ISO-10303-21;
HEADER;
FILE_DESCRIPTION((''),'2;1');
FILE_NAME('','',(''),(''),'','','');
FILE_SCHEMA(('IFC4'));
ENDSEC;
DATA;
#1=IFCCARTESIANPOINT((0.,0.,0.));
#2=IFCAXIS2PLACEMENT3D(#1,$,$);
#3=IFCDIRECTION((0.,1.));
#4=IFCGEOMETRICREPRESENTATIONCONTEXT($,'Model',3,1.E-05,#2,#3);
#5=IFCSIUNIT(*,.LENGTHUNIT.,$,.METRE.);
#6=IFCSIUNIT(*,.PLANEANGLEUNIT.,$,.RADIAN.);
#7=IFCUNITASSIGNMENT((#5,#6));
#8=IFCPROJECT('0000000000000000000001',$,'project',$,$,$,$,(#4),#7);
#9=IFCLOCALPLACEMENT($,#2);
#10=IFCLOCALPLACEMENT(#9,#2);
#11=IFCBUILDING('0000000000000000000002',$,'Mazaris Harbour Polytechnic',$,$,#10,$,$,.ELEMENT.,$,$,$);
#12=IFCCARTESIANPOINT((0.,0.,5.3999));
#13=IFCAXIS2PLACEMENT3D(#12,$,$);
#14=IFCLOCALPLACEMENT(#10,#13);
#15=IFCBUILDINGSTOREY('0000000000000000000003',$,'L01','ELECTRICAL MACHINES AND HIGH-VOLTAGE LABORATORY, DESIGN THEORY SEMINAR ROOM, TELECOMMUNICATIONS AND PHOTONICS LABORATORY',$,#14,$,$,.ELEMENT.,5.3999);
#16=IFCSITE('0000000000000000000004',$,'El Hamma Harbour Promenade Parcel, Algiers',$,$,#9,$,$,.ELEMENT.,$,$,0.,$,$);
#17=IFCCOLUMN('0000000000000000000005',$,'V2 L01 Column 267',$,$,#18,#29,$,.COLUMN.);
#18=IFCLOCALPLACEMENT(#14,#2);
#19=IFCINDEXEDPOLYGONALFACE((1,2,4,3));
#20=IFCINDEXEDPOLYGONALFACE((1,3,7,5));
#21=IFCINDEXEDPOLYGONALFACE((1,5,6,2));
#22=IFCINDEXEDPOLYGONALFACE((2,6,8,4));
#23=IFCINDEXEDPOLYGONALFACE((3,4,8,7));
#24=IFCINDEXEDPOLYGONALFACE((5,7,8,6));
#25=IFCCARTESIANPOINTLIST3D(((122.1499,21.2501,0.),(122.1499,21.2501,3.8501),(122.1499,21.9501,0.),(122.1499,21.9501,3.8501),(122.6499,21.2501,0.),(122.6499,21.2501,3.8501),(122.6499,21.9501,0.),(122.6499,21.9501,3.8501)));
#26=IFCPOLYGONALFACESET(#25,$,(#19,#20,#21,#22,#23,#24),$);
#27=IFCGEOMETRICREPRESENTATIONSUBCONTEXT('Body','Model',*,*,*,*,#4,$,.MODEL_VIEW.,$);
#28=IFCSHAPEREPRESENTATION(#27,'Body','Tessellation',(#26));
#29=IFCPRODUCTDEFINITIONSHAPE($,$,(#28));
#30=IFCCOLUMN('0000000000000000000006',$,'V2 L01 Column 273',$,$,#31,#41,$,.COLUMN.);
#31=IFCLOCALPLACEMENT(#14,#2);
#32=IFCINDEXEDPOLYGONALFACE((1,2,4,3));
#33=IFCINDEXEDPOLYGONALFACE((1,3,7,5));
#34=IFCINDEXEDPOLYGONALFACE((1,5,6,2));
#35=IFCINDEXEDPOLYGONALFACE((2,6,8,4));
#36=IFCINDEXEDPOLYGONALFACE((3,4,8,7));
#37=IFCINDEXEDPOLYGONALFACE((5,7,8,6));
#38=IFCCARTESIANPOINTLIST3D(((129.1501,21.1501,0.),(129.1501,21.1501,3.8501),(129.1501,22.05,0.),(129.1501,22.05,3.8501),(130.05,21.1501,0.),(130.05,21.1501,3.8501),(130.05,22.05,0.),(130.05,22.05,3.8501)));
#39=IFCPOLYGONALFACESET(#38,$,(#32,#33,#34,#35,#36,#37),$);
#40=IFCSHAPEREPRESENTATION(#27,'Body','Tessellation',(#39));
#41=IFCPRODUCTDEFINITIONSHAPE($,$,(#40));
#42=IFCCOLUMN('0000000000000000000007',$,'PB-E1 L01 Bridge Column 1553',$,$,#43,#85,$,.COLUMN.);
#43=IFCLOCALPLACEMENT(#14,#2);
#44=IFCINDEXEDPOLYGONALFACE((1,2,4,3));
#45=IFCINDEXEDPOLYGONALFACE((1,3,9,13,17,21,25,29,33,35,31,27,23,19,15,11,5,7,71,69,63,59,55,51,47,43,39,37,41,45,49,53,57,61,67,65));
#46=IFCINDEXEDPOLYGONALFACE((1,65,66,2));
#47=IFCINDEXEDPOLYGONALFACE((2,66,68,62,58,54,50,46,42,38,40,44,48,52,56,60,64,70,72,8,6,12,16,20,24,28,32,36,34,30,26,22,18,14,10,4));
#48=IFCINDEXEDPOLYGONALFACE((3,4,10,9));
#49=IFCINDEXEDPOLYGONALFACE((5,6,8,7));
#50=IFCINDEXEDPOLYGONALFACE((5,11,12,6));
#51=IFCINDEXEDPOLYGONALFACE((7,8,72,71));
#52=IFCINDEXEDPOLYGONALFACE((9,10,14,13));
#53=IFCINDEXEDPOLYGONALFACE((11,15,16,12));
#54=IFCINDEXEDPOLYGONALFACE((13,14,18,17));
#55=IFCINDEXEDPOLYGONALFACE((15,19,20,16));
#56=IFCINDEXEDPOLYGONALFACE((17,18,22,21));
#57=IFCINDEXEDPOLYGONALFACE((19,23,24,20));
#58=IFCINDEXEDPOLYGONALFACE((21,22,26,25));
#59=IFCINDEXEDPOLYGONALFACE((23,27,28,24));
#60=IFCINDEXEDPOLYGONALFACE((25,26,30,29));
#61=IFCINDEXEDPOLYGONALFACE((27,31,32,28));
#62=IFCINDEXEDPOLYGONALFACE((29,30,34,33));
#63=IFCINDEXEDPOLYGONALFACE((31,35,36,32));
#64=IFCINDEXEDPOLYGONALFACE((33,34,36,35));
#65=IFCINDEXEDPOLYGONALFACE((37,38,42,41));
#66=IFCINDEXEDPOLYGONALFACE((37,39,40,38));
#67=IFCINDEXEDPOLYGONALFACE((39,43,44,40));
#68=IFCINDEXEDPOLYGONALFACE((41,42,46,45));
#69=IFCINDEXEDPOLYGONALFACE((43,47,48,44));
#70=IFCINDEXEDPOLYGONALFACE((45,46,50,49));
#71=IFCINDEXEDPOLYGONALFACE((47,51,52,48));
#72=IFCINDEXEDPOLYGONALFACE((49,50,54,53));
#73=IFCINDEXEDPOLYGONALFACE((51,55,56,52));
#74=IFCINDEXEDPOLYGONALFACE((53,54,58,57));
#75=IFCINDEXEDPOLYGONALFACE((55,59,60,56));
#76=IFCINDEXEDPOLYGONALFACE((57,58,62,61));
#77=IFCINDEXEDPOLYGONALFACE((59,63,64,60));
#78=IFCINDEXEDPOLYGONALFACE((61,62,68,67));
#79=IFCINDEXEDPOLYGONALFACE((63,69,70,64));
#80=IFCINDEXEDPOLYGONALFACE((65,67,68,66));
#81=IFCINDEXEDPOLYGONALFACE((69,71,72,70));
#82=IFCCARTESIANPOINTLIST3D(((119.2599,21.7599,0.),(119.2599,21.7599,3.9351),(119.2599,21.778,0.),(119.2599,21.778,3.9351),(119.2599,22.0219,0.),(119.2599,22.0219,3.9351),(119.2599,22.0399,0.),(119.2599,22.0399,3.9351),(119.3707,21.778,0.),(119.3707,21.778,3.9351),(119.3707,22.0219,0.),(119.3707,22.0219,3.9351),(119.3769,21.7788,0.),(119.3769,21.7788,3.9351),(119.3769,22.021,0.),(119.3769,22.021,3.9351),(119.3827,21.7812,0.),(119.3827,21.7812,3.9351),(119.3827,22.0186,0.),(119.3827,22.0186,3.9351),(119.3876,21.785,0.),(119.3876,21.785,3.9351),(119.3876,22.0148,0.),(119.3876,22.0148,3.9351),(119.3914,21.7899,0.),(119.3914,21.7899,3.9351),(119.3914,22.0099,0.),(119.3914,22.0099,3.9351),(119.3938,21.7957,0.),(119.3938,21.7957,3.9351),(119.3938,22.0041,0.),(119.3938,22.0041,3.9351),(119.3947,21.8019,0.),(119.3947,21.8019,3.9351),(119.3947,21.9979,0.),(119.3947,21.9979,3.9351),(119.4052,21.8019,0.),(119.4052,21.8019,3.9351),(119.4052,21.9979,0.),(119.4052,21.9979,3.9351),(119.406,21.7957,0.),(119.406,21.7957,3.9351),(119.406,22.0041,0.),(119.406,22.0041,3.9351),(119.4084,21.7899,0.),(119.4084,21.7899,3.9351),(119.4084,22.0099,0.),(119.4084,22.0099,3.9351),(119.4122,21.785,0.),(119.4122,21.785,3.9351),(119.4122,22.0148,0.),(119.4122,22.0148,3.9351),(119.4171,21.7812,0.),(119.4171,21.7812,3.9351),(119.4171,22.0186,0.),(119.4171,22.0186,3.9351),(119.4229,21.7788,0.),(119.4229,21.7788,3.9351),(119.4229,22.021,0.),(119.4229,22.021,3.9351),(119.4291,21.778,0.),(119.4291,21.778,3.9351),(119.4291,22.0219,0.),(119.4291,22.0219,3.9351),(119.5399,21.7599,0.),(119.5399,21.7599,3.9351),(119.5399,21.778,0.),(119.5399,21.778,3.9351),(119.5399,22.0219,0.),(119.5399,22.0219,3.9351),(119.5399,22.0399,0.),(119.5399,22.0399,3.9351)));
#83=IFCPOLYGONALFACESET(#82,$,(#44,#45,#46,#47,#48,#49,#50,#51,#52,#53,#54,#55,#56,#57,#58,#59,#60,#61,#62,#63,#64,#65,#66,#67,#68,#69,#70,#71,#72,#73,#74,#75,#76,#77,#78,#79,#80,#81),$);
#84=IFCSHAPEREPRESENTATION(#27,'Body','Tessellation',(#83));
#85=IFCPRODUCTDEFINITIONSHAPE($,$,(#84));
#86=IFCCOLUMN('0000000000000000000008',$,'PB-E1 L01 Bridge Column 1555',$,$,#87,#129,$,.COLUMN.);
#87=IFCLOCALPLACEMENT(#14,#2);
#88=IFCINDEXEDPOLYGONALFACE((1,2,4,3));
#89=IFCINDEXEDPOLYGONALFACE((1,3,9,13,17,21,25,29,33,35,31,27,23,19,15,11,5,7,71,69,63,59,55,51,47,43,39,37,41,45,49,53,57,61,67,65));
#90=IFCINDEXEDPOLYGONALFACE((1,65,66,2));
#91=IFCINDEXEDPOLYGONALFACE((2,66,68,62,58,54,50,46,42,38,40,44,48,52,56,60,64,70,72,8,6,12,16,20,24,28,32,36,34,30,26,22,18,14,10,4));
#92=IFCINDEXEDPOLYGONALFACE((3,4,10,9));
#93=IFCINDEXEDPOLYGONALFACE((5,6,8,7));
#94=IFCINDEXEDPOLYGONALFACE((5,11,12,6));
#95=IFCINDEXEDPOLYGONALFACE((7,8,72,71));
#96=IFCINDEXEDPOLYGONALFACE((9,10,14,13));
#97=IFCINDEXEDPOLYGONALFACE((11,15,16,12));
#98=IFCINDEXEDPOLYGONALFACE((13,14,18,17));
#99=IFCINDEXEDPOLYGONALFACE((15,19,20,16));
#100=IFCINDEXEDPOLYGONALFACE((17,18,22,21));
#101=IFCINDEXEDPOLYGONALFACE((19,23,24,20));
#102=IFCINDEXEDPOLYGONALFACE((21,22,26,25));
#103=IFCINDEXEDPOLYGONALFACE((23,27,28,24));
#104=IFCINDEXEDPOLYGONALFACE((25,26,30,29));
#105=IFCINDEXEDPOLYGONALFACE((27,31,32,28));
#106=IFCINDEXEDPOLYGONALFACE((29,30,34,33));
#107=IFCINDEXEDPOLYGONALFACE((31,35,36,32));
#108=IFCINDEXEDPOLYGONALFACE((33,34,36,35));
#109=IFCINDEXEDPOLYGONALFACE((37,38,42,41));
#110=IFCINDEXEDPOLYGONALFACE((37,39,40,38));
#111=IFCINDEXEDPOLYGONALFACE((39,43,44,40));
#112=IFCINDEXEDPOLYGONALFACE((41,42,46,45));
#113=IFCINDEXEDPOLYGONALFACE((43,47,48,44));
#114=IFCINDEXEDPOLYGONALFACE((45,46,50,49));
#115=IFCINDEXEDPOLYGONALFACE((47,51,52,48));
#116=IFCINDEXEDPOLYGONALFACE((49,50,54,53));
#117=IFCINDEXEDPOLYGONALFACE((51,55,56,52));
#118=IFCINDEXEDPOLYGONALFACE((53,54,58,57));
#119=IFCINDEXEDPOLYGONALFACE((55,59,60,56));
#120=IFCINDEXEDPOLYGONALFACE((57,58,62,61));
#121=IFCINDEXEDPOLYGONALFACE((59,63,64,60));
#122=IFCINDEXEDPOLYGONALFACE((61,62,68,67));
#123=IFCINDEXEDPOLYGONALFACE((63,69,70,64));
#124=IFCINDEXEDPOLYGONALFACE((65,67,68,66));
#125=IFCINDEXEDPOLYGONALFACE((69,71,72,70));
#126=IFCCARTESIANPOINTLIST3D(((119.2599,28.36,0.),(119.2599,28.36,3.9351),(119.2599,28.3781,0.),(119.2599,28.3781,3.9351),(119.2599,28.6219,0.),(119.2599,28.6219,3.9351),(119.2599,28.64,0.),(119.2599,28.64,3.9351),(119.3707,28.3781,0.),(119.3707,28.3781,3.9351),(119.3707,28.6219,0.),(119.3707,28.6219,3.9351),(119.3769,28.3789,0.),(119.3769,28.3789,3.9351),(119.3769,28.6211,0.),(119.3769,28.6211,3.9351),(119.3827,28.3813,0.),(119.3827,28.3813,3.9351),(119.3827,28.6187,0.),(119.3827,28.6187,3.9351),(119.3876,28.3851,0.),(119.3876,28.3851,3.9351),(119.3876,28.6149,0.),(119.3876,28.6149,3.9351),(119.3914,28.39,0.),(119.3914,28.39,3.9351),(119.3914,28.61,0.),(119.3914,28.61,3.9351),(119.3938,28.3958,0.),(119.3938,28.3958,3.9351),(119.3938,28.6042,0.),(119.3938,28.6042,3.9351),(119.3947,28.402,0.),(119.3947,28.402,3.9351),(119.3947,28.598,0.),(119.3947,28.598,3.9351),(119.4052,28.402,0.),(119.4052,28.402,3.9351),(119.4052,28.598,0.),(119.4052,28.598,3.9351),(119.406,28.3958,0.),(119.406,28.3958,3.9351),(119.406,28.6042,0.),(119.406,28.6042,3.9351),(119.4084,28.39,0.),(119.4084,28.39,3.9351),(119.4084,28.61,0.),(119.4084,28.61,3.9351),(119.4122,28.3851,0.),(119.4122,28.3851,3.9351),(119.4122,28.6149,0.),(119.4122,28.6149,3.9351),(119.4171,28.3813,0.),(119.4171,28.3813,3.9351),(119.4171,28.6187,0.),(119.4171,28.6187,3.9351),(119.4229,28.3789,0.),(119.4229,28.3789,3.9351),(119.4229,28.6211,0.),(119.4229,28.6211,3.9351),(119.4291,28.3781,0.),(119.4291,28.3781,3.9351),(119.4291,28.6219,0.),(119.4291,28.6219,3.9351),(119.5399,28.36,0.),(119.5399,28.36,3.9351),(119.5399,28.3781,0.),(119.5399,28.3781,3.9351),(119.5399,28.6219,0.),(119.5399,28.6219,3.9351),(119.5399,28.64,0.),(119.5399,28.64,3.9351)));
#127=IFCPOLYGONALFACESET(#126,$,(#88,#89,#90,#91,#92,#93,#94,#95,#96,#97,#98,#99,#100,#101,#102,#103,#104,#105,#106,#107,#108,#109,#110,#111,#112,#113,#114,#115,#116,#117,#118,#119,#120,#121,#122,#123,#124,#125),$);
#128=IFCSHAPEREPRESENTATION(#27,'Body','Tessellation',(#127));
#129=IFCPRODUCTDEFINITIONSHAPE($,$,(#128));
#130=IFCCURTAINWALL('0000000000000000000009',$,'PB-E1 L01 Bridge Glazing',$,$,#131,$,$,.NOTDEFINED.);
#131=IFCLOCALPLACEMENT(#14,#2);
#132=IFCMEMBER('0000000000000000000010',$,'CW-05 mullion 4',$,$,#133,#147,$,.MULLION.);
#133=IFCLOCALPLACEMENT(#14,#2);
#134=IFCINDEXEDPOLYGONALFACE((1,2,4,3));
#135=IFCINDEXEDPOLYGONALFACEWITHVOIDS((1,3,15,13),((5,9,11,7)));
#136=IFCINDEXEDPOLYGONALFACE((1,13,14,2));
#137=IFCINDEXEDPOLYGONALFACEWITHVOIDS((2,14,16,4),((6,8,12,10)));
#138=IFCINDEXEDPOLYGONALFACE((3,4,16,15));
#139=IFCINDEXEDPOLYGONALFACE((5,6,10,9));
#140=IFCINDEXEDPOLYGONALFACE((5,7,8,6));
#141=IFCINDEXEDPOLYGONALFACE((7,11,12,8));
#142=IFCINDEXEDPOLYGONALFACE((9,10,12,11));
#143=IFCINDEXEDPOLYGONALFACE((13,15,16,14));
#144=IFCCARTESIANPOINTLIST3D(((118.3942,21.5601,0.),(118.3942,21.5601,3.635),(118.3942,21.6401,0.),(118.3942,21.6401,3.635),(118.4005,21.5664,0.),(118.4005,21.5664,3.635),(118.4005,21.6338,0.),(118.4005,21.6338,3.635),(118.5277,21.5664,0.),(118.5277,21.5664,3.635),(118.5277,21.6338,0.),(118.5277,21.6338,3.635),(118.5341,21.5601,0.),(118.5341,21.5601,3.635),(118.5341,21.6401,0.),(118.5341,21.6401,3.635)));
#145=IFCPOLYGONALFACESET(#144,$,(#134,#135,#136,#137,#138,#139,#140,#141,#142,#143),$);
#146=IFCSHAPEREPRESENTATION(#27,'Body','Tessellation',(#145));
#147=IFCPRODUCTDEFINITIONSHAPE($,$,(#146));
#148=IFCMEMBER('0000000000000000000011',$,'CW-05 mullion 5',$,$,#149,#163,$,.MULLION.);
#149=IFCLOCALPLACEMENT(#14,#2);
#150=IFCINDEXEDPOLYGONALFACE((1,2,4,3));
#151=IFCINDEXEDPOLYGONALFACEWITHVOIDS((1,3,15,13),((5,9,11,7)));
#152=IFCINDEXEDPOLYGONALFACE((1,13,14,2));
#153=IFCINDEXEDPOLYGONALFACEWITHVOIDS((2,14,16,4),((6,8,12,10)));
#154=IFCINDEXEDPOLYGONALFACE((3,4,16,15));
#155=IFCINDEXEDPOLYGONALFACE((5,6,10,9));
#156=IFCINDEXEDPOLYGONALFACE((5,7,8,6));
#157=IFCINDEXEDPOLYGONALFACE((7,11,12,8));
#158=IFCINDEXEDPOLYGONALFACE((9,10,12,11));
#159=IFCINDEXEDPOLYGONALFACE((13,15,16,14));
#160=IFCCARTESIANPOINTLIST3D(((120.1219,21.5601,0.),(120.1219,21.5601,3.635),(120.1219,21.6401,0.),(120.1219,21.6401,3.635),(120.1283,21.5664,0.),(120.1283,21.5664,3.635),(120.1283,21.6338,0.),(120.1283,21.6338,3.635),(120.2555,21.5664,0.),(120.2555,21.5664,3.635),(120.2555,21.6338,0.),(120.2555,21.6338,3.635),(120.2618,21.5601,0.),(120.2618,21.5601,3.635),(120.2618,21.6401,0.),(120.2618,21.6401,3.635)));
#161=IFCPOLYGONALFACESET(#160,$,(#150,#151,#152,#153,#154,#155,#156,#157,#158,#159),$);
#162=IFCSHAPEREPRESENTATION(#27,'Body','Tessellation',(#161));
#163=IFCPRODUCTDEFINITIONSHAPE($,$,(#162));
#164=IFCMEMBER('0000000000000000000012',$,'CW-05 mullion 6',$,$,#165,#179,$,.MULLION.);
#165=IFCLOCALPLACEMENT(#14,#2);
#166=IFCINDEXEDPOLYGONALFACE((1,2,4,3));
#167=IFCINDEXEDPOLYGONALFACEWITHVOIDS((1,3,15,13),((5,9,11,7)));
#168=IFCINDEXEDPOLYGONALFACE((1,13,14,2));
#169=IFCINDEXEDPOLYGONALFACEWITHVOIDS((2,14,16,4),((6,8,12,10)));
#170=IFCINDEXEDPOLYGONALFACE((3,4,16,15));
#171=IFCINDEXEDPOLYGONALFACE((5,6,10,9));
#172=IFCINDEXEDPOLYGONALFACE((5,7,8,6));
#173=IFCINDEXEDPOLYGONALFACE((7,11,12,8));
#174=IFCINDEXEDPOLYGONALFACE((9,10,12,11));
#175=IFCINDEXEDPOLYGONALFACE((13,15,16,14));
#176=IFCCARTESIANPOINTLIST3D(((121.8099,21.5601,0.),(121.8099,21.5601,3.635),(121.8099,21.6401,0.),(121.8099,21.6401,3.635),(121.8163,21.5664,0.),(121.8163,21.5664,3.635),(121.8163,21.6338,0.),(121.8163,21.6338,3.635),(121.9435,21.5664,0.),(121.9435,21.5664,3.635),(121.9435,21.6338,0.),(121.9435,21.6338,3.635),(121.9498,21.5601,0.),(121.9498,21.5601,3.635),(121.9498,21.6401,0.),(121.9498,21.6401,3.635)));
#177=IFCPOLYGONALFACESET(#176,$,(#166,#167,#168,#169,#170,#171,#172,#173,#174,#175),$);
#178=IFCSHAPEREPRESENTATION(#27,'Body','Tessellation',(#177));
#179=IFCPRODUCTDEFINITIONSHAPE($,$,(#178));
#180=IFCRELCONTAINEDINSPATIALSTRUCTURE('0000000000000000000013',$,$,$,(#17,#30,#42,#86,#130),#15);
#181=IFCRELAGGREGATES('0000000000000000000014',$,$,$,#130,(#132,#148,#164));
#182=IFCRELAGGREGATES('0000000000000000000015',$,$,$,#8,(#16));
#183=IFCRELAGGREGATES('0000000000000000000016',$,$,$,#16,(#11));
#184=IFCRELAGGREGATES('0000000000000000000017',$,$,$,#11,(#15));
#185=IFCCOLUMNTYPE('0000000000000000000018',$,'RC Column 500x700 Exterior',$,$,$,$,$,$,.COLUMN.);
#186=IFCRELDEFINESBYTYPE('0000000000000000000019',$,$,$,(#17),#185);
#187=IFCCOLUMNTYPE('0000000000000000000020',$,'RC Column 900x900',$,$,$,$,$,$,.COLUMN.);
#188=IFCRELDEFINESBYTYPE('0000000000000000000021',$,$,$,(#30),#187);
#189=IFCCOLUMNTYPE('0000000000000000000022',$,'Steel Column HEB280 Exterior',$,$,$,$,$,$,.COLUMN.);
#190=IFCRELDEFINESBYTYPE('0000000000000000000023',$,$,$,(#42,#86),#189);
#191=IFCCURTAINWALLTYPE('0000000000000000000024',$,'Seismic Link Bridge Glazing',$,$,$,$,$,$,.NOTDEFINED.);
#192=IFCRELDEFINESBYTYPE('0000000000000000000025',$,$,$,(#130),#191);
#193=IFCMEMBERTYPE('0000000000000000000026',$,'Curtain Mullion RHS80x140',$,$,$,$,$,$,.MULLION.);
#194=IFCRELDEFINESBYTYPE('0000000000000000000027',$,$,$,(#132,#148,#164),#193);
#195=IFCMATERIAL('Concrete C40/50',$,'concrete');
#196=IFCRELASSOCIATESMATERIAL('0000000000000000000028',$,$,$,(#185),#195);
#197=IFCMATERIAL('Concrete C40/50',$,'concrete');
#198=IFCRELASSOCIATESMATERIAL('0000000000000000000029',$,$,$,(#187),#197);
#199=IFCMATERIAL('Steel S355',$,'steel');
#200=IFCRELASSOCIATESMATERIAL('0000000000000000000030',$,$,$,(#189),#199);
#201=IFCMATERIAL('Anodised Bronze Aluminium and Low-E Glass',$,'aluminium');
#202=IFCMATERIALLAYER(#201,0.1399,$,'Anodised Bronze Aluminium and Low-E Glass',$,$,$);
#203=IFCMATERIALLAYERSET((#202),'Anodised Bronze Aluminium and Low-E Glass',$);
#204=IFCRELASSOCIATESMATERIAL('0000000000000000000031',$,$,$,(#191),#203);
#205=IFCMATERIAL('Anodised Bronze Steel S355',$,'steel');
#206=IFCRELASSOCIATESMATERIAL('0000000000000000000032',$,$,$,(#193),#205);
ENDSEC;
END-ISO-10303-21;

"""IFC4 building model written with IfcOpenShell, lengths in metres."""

from ifc_helpers import new_model, si_unit, direction, frame, origin, origin_2d, place, context, subcontext, project, spatial, rectangle, hollow_rectangle, i_section, extrude, material, layer, layer_set, material_profile, profile_set, type_object, element, aggregate, save


model = new_model("IFC4")

# Units and contexts
model_context = context("Model", 3, precision=1e-05, world=origin(), true_north=direction((0.0, 1.0)))
body_context = subcontext(model_context, "Body", "Model", "MODEL_VIEW")
ifc_project = project(units=[si_unit("LENGTHUNIT", "METRE"), si_unit("PLANEANGLEUNIT", "RADIAN")], contexts=[model_context])

# Site, building, storey
site_placement = place(None, origin())
site = spatial("IfcSite", under=ifc_project, at=site_placement, Name="El Hamma Harbour Promenade Parcel, Algiers", CompositionType="ELEMENT", RefElevation=0.0)
building_placement = place(site_placement, origin())
building = spatial("IfcBuilding", under=site, at=building_placement, Name="Mazaris Harbour Polytechnic", CompositionType="ELEMENT")
storey_placement = place(building_placement, frame((0.0, 0.0, 5.3999)))
storey = spatial("IfcBuildingStorey", under=building, at=storey_placement, Name="L01", Description="ELECTRICAL MACHINES AND HIGH-VOLTAGE LABORATORY, DESIGN THEORY SEMINAR ROOM, TELECOMMUNICATIONS AND PHOTONICS LABORATORY", CompositionType="ELEMENT", Elevation=5.3999)

# Columns
ifc_material_1 = material(Name="Concrete C40/50", Category="concrete")
ifc_material_profile_1 = material_profile(ifc_material_1, rectangle(XDim=0.5, YDim=0.7, at=origin_2d()), Name="RECT500x700")
ifc_profile_set_1 = profile_set([ifc_material_profile_1], Name="Concrete C40/50")
column_type_1 = type_object("IfcColumnType", Name="RC Column 500x700 Exterior", PredefinedType="COLUMN", material=ifc_profile_set_1)
column_1_placement = place(storey_placement, frame((122.3999, 21.6001, 0.0), z_axis=(0.0, 0.0, 1.0), x_axis=(1.0, 0.0, 0.0)))
element("IfcColumn", 1, at=column_1_placement, inside=storey, type_object=column_type_1, Name="V2 L01 Column 267", PredefinedType="COLUMN", context=body_context, shape_type="SweptSolid", body=[
    extrude(rectangle(XDim=0.5, YDim=0.7, at=origin_2d()), origin(), (0.0, 0.0, 1.0), 3.8501),
])
ifc_material_2 = material(Name="Concrete C40/50", Category="concrete")
ifc_material_profile_2 = material_profile(ifc_material_2, rectangle(XDim=0.8999, YDim=0.8999, at=origin_2d()), Name="RECT900x900")
ifc_profile_set_2 = profile_set([ifc_material_profile_2], Name="Concrete C40/50")
column_type_2 = type_object("IfcColumnType", Name="RC Column 900x900", PredefinedType="COLUMN", material=ifc_profile_set_2)
column_2_placement = place(storey_placement, frame((129.6001, 21.6001, 0.0), z_axis=(0.0, 0.0, 1.0), x_axis=(1.0, 0.0, 0.0)))
element("IfcColumn", 2, at=column_2_placement, inside=storey, type_object=column_type_2, Name="V2 L01 Column 273", PredefinedType="COLUMN", context=body_context, shape_type="SweptSolid", body=[
    extrude(rectangle(XDim=0.8999, YDim=0.8999, at=origin_2d()), origin(), (0.0, 0.0, 1.0), 3.8501),
])
ifc_material_3 = material(Name="Steel S355", Category="steel")
ifc_material_profile_3 = material_profile(ifc_material_3, i_section(OverallWidth=0.28, OverallDepth=0.28, WebThickness=0.0105, FlangeThickness=0.0181, FilletRadius=0.0239, at=origin_2d()), Name="HEB 280")
ifc_profile_set_3 = profile_set([ifc_material_profile_3], Name="Steel S355")
column_type_3 = type_object("IfcColumnType", Name="Steel Column HEB280 Exterior", PredefinedType="COLUMN", material=ifc_profile_set_3)
for number, where, z_axis, x_axis, name in (
    (3, (119.3999, 21.8999, 0.0), (0.0, 0.0, 1.0), (1.0, 0.0, 0.0), "PB-E1 L01 Bridge Column 1553"),
    (4, (119.3999, 28.5, 0.0), (0.0, 0.0, 1.0), (1.0, 0.0, 0.0), "PB-E1 L01 Bridge Column 1555"),
):
    element("IfcColumn", number, at=place(storey_placement, frame(where, z_axis=z_axis, x_axis=x_axis)), inside=storey, type_object=column_type_3, Name=name, PredefinedType="COLUMN", context=body_context, shape_type="SweptSolid", body=[
        extrude(i_section(OverallWidth=0.28, OverallDepth=0.28, WebThickness=0.0105, FlangeThickness=0.0181, FilletRadius=0.0239, at=origin_2d()), origin(), (0.0, 0.0, 1.0), 3.9351),
    ])

# Curtain wall, members
ifc_material_4 = material(Name="Anodised Bronze Aluminium and Low-E Glass", Category="aluminium")
ifc_layer_1 = layer(ifc_material_4, 0.1399, Name="Anodised Bronze Aluminium and Low-E Glass")
ifc_layer_set_1 = layer_set([ifc_layer_1], Name="Anodised Bronze Aluminium and Low-E Glass")
curtain_wall_type = type_object("IfcCurtainWallType", Name="Seismic Link Bridge Glazing", PredefinedType="NOTDEFINED", material=ifc_layer_set_1)
curtain_wall_placement = place(storey_placement, origin())
curtain_wall = element("IfcCurtainWall", 5, at=curtain_wall_placement, inside=storey, type_object=curtain_wall_type, Name="PB-E1 L01 Bridge Glazing", PredefinedType="NOTDEFINED")
ifc_material_5 = material(Name="Anodised Bronze Steel S355", Category="steel")
ifc_material_profile_4 = material_profile(ifc_material_5, hollow_rectangle(XDim=0.0801, YDim=0.1399, WallThickness=0.0063, at=origin_2d()), Name="RHS 80x140x6.3")
ifc_profile_set_4 = profile_set([ifc_material_profile_4], Name="Anodised Bronze Steel S355")
member_type_1 = type_object("IfcMemberType", Name="Curtain Mullion RHS80x140", PredefinedType="MULLION", material=ifc_profile_set_4)
member_1_placement = place(storey_placement, frame((118.4641, 21.6001, 0.0), z_axis=(0.0, 0.0, 1.0), x_axis=(0.0, 1.0, 0.0)))
member_1 = element("IfcMember", 6, at=member_1_placement, type_object=member_type_1, Name="CW-05 mullion 4", PredefinedType="MULLION", context=body_context, shape_type="SweptSolid", body=[
    extrude(hollow_rectangle(XDim=0.0801, YDim=0.1399, WallThickness=0.0063, at=origin_2d()), origin(), (0.0, 0.0, 1.0), 3.635),
])
member_2_placement = place(storey_placement, frame((120.1919, 21.6001, 0.0), z_axis=(0.0, 0.0, 1.0), x_axis=(0.0, 1.0, 0.0)))
member_2 = element("IfcMember", 7, at=member_2_placement, type_object=member_type_1, Name="CW-05 mullion 5", PredefinedType="MULLION", context=body_context, shape_type="SweptSolid", body=[
    extrude(hollow_rectangle(XDim=0.0801, YDim=0.1399, WallThickness=0.0063, at=origin_2d()), origin(), (0.0, 0.0, 1.0), 3.635),
])
member_3_placement = place(storey_placement, frame((121.8799, 21.6001, 0.0), z_axis=(0.0, 0.0, 1.0), x_axis=(0.0, 1.0, 0.0)))
member_3 = element("IfcMember", 8, at=member_3_placement, type_object=member_type_1, Name="CW-05 mullion 6", PredefinedType="MULLION", context=body_context, shape_type="SweptSolid", body=[
    extrude(hollow_rectangle(XDim=0.0801, YDim=0.1399, WallThickness=0.0063, at=origin_2d()), origin(), (0.0, 0.0, 1.0), 3.635),
])

aggregate(curtain_wall, [member_1, member_2, member_3])

save(model, "model.ifc")
